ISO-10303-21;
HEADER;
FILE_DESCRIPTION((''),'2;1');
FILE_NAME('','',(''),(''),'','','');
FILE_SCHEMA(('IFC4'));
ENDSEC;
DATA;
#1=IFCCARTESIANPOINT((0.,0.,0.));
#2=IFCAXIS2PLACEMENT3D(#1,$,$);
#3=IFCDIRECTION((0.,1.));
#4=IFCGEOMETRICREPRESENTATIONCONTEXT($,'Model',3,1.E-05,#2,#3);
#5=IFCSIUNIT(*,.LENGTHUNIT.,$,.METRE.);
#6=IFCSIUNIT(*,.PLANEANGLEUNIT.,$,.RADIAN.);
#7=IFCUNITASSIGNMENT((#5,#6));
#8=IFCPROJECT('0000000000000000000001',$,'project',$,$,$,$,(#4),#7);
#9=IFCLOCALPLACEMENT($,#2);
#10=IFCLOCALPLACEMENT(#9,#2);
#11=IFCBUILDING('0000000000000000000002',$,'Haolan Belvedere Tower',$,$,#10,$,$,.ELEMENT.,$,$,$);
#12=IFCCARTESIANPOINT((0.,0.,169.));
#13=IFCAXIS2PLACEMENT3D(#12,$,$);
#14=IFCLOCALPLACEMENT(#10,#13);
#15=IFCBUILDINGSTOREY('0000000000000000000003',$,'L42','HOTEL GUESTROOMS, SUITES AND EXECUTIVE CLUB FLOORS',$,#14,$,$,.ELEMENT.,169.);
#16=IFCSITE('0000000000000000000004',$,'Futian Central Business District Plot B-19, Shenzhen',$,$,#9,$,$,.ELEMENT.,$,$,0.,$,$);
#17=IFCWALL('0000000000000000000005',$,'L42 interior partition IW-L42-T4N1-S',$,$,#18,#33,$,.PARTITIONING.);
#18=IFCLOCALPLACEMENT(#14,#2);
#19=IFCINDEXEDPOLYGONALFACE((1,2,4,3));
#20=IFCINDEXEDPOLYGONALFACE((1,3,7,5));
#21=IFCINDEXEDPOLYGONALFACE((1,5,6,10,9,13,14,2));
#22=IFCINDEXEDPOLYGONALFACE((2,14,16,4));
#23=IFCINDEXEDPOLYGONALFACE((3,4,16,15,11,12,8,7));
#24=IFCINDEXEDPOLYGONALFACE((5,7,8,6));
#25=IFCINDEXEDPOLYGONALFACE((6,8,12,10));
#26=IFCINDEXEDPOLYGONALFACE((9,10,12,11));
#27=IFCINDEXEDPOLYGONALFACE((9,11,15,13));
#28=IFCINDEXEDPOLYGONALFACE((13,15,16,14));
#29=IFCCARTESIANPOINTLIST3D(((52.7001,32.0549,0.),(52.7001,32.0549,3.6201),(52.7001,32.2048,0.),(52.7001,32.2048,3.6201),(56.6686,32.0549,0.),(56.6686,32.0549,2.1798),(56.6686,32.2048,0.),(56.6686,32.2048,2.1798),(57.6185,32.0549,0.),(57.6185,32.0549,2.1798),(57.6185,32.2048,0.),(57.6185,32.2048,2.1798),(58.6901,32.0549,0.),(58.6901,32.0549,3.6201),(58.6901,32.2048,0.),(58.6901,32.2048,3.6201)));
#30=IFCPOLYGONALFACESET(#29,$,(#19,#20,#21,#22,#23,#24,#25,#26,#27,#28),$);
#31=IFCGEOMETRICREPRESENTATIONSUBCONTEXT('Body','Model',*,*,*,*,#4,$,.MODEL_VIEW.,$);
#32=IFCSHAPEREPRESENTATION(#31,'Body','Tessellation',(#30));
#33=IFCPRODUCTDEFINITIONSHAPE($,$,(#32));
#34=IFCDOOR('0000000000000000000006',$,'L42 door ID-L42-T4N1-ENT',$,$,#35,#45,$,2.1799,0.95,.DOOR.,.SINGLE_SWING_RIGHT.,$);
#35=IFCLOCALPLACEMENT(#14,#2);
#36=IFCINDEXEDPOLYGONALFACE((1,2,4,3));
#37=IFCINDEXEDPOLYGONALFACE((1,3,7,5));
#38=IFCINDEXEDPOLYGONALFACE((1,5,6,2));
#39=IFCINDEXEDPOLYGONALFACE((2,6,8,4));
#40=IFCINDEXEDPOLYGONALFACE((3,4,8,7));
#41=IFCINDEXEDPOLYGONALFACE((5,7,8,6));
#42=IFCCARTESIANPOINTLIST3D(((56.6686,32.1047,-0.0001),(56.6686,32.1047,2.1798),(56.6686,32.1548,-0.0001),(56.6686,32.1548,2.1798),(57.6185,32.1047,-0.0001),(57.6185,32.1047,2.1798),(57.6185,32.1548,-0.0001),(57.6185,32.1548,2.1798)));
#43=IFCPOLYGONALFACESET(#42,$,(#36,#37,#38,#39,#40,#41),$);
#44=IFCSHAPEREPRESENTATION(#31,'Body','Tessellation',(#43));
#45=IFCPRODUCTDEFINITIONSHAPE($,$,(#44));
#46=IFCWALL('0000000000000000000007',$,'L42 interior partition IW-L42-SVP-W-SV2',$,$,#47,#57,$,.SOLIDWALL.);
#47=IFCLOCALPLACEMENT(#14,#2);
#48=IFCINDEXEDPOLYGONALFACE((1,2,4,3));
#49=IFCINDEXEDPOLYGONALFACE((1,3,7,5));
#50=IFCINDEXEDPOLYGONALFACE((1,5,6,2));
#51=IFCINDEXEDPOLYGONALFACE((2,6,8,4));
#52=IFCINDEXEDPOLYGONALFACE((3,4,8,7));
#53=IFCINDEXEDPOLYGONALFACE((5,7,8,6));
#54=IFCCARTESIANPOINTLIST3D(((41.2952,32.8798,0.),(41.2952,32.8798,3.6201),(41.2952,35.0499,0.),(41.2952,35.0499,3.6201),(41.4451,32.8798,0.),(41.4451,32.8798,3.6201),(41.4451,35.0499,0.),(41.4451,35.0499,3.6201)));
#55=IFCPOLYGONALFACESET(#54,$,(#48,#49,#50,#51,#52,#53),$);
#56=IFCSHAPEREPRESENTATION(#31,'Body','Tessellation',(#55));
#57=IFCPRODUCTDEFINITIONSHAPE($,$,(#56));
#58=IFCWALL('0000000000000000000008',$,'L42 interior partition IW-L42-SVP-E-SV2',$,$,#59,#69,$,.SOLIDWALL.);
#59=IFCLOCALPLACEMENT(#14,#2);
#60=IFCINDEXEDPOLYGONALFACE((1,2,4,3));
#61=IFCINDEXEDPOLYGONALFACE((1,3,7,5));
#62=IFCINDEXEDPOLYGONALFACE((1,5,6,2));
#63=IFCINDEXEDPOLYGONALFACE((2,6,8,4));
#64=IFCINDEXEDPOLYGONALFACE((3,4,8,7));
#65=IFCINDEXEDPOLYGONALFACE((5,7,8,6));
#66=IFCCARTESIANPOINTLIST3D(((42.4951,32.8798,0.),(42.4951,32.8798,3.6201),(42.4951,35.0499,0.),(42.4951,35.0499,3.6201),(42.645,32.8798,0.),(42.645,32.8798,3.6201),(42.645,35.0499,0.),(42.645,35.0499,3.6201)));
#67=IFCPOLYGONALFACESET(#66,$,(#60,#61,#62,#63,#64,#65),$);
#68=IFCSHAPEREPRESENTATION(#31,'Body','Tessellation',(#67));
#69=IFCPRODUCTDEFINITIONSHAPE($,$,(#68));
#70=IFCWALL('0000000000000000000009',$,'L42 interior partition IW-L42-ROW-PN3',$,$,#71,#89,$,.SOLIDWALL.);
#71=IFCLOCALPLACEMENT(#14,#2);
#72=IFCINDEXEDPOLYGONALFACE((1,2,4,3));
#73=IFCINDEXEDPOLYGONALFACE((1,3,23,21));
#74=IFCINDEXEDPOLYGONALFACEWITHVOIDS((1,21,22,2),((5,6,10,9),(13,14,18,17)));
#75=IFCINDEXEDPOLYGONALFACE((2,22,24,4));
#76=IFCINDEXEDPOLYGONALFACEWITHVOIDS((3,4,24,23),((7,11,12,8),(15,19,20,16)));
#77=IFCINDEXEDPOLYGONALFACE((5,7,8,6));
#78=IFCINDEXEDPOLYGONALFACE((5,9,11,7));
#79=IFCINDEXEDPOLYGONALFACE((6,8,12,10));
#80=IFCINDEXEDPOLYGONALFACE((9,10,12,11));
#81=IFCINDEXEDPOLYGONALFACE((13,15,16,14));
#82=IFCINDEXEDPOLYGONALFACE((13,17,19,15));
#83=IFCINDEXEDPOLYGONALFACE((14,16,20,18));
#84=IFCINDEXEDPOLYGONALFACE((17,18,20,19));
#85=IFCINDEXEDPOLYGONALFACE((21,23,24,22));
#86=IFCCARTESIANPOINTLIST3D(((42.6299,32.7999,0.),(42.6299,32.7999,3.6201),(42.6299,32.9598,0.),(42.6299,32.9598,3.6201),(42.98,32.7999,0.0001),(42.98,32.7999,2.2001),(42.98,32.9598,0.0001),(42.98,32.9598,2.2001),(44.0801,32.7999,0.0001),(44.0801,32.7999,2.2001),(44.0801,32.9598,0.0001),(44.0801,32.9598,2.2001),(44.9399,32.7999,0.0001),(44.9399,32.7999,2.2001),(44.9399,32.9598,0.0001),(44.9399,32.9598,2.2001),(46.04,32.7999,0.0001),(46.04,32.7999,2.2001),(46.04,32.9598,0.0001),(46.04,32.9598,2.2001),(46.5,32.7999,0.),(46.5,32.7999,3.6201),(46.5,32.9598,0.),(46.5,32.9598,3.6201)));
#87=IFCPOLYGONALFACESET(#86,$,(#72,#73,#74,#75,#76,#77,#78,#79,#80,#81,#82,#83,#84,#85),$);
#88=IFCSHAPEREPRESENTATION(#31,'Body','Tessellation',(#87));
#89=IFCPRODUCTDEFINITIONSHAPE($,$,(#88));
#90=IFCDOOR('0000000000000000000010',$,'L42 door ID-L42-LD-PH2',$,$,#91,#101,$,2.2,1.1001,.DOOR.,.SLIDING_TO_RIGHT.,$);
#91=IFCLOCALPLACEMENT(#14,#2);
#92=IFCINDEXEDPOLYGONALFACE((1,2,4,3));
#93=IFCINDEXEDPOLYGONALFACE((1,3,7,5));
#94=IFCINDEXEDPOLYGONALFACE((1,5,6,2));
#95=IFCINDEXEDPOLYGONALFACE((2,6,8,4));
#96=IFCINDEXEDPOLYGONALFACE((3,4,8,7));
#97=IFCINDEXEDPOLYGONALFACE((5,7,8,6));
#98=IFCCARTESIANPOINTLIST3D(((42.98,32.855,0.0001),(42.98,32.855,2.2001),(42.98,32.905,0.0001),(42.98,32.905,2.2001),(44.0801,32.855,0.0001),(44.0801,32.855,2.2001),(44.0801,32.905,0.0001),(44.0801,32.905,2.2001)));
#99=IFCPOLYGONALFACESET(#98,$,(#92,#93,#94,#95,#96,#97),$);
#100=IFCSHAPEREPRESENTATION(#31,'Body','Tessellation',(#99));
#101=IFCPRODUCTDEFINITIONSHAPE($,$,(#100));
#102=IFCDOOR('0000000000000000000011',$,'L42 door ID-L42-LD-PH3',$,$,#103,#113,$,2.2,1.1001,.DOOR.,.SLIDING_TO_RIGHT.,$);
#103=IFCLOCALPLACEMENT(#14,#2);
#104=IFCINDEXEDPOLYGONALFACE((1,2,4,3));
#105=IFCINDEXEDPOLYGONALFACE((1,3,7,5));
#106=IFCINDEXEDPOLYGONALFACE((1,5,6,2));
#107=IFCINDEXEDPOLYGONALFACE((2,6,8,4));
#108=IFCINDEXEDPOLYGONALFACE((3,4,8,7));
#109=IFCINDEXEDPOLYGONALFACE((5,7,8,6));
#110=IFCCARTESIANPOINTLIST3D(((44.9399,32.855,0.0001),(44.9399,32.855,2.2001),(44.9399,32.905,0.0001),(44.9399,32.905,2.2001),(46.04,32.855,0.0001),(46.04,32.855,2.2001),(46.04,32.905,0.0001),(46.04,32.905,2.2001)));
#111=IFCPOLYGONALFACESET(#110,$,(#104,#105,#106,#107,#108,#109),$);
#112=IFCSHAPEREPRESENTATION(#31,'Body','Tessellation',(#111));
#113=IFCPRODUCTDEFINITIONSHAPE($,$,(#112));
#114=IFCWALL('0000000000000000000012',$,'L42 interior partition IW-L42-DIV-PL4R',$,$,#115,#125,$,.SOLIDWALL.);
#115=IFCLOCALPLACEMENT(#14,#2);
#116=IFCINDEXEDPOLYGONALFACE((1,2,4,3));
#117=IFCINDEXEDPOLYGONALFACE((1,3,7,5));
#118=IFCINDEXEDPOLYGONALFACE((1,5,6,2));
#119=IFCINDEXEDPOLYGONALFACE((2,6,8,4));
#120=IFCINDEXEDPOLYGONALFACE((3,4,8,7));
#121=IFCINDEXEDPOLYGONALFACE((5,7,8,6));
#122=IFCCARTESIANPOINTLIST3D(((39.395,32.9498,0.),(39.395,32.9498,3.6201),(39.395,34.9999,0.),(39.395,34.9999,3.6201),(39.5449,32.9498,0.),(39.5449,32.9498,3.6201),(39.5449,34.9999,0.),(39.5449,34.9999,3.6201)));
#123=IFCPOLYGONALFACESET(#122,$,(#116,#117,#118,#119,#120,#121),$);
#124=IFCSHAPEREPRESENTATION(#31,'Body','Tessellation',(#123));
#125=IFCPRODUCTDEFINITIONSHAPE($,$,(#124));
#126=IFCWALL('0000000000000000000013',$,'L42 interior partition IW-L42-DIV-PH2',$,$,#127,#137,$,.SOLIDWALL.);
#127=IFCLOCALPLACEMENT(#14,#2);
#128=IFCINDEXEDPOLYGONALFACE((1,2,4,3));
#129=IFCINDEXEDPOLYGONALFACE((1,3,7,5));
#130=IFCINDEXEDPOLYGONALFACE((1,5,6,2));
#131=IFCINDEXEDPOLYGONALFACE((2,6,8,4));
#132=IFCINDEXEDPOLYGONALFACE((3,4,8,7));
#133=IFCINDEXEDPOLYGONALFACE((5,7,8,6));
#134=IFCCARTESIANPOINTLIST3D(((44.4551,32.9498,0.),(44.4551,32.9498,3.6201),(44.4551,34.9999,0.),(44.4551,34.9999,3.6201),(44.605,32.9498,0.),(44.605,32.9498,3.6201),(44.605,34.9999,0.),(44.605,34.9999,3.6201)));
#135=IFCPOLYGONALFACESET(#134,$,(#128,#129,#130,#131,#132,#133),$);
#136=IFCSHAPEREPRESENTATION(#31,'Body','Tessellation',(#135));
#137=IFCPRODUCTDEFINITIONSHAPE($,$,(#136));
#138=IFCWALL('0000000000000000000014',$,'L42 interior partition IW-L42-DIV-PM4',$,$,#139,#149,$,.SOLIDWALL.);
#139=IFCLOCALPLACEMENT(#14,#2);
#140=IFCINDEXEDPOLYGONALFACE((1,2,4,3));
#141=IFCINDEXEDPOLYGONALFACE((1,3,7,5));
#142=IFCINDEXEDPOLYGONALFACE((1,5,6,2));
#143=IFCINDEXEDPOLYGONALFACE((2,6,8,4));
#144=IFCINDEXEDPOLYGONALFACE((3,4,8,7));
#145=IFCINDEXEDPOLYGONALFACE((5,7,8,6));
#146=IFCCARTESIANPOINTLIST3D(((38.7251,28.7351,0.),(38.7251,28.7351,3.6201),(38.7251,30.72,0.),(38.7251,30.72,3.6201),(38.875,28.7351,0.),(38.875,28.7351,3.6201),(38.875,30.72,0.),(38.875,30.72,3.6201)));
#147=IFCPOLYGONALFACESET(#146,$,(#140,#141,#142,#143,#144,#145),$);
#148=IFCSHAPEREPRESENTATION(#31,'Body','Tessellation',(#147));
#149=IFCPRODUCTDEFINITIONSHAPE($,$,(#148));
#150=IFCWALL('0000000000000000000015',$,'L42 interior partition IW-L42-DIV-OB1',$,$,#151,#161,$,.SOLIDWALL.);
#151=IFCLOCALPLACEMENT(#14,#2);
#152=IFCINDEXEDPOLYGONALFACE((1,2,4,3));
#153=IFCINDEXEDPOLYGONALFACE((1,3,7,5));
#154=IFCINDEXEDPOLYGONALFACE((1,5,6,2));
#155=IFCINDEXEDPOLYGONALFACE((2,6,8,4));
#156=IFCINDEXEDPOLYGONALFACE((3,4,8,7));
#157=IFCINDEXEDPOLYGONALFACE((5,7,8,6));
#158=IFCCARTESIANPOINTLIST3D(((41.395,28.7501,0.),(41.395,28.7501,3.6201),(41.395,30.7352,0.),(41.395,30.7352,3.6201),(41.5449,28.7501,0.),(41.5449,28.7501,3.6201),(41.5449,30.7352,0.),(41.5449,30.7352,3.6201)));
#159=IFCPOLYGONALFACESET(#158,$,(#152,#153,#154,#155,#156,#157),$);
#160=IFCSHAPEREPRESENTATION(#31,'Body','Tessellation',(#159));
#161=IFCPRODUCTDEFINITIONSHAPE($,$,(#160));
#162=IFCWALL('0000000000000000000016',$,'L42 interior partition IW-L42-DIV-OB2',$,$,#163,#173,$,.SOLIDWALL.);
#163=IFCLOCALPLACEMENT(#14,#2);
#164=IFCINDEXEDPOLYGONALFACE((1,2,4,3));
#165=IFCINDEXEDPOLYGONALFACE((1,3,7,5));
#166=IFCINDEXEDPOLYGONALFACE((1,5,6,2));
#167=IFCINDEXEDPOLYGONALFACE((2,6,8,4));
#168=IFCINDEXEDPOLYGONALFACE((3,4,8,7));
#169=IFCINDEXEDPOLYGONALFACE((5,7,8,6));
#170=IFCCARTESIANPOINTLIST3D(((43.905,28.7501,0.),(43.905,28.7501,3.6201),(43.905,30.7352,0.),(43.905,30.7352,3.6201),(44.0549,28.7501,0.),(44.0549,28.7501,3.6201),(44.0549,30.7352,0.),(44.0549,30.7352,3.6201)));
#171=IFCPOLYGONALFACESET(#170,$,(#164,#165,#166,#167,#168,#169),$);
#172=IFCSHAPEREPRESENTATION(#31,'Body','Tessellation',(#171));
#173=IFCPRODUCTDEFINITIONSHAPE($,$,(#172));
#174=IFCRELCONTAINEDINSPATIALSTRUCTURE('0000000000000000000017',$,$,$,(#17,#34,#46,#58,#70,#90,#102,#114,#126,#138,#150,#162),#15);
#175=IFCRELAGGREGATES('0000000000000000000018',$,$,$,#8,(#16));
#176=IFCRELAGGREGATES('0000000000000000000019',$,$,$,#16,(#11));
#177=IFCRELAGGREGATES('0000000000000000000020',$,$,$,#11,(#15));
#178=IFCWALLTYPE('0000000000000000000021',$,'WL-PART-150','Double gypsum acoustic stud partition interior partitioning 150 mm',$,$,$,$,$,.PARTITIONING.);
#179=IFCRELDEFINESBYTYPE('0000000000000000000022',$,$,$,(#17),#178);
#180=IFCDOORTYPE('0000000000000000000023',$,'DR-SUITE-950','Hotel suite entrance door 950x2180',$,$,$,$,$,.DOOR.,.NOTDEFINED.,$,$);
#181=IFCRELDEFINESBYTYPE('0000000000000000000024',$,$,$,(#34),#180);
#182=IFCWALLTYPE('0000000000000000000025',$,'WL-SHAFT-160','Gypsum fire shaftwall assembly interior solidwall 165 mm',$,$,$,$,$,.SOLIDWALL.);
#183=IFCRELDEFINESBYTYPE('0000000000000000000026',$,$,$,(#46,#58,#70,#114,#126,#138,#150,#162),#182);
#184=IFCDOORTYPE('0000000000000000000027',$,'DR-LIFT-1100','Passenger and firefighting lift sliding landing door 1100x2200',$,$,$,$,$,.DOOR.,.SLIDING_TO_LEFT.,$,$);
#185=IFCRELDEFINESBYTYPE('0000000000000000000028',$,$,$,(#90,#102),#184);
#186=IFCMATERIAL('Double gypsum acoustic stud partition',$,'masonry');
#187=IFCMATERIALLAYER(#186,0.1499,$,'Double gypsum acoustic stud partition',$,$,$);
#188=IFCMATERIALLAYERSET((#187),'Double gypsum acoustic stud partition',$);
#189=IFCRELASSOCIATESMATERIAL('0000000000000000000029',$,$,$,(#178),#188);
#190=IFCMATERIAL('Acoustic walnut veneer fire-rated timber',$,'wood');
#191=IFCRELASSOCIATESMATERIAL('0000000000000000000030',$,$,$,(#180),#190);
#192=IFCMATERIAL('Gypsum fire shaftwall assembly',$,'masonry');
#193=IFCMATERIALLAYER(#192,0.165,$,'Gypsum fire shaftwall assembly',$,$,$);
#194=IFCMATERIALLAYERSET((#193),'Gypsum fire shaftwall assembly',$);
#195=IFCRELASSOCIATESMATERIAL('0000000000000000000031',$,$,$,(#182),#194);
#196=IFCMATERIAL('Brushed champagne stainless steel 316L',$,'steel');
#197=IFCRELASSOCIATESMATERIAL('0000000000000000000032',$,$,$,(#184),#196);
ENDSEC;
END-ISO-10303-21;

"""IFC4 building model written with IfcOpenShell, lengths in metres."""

from ifc_helpers import new_model, si_unit, direction, frame, frame_2d, origin, place, context, subcontext, project, spatial, rectangle, extrude, material, layer, layer_set, type_object, element, fill, save


model = new_model("IFC4")

# Units and contexts
model_context = context("Model", 3, precision=1e-05, world=origin(), true_north=direction((0.0, 1.0)))
body_context = subcontext(model_context, "Body", "Model", "MODEL_VIEW")
ifc_project = project(units=[si_unit("LENGTHUNIT", "METRE"), si_unit("PLANEANGLEUNIT", "RADIAN")], contexts=[model_context])

# Site, building, storey
site_placement = place(None, origin())
site = spatial("IfcSite", under=ifc_project, at=site_placement, Name="Futian Central Business District Plot B-19, Shenzhen", CompositionType="ELEMENT", RefElevation=0.0)
building_placement = place(site_placement, origin())
building = spatial("IfcBuilding", under=site, at=building_placement, Name="Haolan Belvedere Tower", CompositionType="ELEMENT")
storey_placement = place(building_placement, frame((0.0, 0.0, 169.0)))
storey = spatial("IfcBuildingStorey", under=building, at=storey_placement, Name="L42", Description="HOTEL GUESTROOMS, SUITES AND EXECUTIVE CLUB FLOORS", CompositionType="ELEMENT", Elevation=169.0)

# Shared definitions
ifc_material_1 = material(Name="Double gypsum acoustic stud partition", Category="masonry")
ifc_layer_1 = layer(ifc_material_1, 0.1499, Name="Double gypsum acoustic stud partition")
ifc_layer_set_1 = layer_set([ifc_layer_1], Name="Double gypsum acoustic stud partition")
wall_type_1 = type_object("IfcWallType", Name="WL-PART-150", Description="Double gypsum acoustic stud partition interior partitioning 150 mm", PredefinedType="PARTITIONING", material=ifc_layer_set_1)

# Wall, opening, door
wall_1_placement = place(storey_placement, frame((52.7, 32.1299, 0.0), z_axis=(0.0, 0.0, 1.0), x_axis=(1.0, 0.0, 0.0)))
wall_1 = element("IfcWall", 1, at=wall_1_placement, inside=storey, type_object=wall_type_1, Name="L42 interior partition IW-L42-T4N1-S", PredefinedType="PARTITIONING", context=body_context, shape_type="SweptSolid", body=[
    extrude(rectangle(XDim=5.99, YDim=0.1499, at=frame_2d((2.9951, 0.0))), origin(), (0.0, 0.0, 1.0), 3.6201),
])
opening_1_placement = place(wall_1_placement, frame((3.9685, 0.0, 0.0)))
opening_1 = element("IfcOpeningElement", 2, at=opening_1_placement, cuts=wall_1, PredefinedType="OPENING", context=body_context, shape_type="SweptSolid", body=[
    extrude(rectangle(XDim=0.95, YDim=2.1799, at=frame_2d((0.4751, 1.0898))), frame((0.0, 0.085, 0.0), z_axis=(0.0, -1.0, 0.0), x_axis=(1.0, 0.0, 0.0)), (0.0, 0.0, 1.0), 0.1699),
])
ifc_material_2 = material(Name="Acoustic walnut veneer fire-rated timber", Category="wood")
door_type_1 = type_object("IfcDoorType", Name="DR-SUITE-950", Description="Hotel suite entrance door 950x2180", OperationType="NOTDEFINED", PredefinedType="DOOR", material=ifc_material_2)
door_1_placement = place(opening_1_placement, origin())
door_1 = element("IfcDoor", 3, at=door_1_placement, inside=storey, type_object=door_type_1, Name="L42 door ID-L42-T4N1-ENT", OperationType="SINGLE_SWING_RIGHT", OverallHeight=2.1799, OverallWidth=0.95, PredefinedType="DOOR", context=body_context, shape_type="SweptSolid", body=[
    extrude(rectangle(XDim=0.95, YDim=2.1799, at=frame_2d((0.4751, 1.0898))), frame((0.0, 0.0249, 0.0), z_axis=(0.0, -1.0, 0.0), x_axis=(1.0, 0.0, 0.0)), (0.0, 0.0, 1.0), 0.05),
])
fill(opening_1, door_1)

# Walls
ifc_material_3 = material(Name="Gypsum fire shaftwall assembly", Category="masonry")
ifc_layer_2 = layer(ifc_material_3, 0.165, Name="Gypsum fire shaftwall assembly")
ifc_layer_set_2 = layer_set([ifc_layer_2], Name="Gypsum fire shaftwall assembly")
wall_type_2 = type_object("IfcWallType", Name="WL-SHAFT-160", Description="Gypsum fire shaftwall assembly interior solidwall 165 mm", PredefinedType="SOLIDWALL", material=ifc_layer_set_2)
for number, where, z_axis, x_axis, name in (
    (4, (41.3701, 32.8799, 0.0), (0.0, 0.0, 1.0), (0.0, 1.0, 0.0), "L42 interior partition IW-L42-SVP-W-SV2"),
    (5, (42.5701, 32.8799, 0.0), (0.0, 0.0, 1.0), (0.0, 1.0, 0.0), "L42 interior partition IW-L42-SVP-E-SV2"),
):
    element("IfcWall", number, at=place(storey_placement, frame(where, z_axis=z_axis, x_axis=x_axis)), inside=storey, type_object=wall_type_2, Name=name, PredefinedType="SOLIDWALL", context=body_context, shape_type="SweptSolid", body=[
        extrude(rectangle(XDim=2.1702, YDim=0.1499, at=frame_2d((1.085, 0.0))), origin(), (0.0, 0.0, 1.0), 3.6201),
    ])

# Wall, openings, doors
wall_2_placement = place(storey_placement, frame((42.6299, 32.8799, 0.0), z_axis=(0.0, 0.0, 1.0), x_axis=(1.0, 0.0, 0.0)))
wall_2 = element("IfcWall", 6, at=wall_2_placement, inside=storey, type_object=wall_type_2, Name="L42 interior partition IW-L42-ROW-PN3", PredefinedType="SOLIDWALL", context=body_context, shape_type="SweptSolid", body=[
    extrude(rectangle(XDim=3.8701, YDim=0.1599, at=frame_2d((1.9351, 0.0))), origin(), (0.0, 0.0, 1.0), 3.6201),
])
opening_2_placement = place(wall_2_placement, frame((1.4502, 0.0, 0.0), z_axis=(0.0, 0.0, 1.0), x_axis=(-1.0, 0.0, 0.0)))
opening_2 = element("IfcOpeningElement", 7, at=opening_2_placement, cuts=wall_2, PredefinedType="OPENING", context=body_context, shape_type="SweptSolid", body=[
    extrude(rectangle(XDim=1.1001, YDim=2.2, at=frame_2d((0.55, 1.1001))), frame((0.0, 0.0898, 0.0), z_axis=(0.0, -1.0, 0.0), x_axis=(1.0, 0.0, 0.0)), (0.0, 0.0, 1.0), 0.1799),
])
opening_3_placement = place(wall_2_placement, frame((3.4102, 0.0, 0.0), z_axis=(0.0, 0.0, 1.0), x_axis=(-1.0, 0.0, 0.0)))
opening_3 = element("IfcOpeningElement", 8, at=opening_3_placement, cuts=wall_2, PredefinedType="OPENING", context=body_context, shape_type="SweptSolid", body=[
    extrude(rectangle(XDim=1.1001, YDim=2.2, at=frame_2d((0.55, 1.1001))), frame((0.0, 0.0898, 0.0), z_axis=(0.0, -1.0, 0.0), x_axis=(1.0, 0.0, 0.0)), (0.0, 0.0, 1.0), 0.1799),
])
ifc_material_4 = material(Name="Brushed champagne stainless steel 316L", Category="steel")
door_type_2 = type_object("IfcDoorType", Name="DR-LIFT-1100", Description="Passenger and firefighting lift sliding landing door 1100x2200", OperationType="SLIDING_TO_LEFT", PredefinedType="DOOR", material=ifc_material_4)
door_2_placement = place(opening_2_placement, origin())
door_2 = element("IfcDoor", 9, at=door_2_placement, inside=storey, type_object=door_type_2, Name="L42 door ID-L42-LD-PH2", OperationType="SLIDING_TO_RIGHT", OverallHeight=2.2, OverallWidth=1.1001, PredefinedType="DOOR", context=body_context, shape_type="SweptSolid", body=[
    extrude(rectangle(XDim=1.1001, YDim=2.2, at=frame_2d((0.55, 1.1001))), frame((0.0, 0.0249, 0.0), z_axis=(0.0, -1.0, 0.0), x_axis=(1.0, 0.0, 0.0)), (0.0, 0.0, 1.0), 0.05),
])
fill(opening_2, door_2)
door_3_placement = place(opening_3_placement, origin())
door_3 = element("IfcDoor", 10, at=door_3_placement, inside=storey, type_object=door_type_2, Name="L42 door ID-L42-LD-PH3", OperationType="SLIDING_TO_RIGHT", OverallHeight=2.2, OverallWidth=1.1001, PredefinedType="DOOR", context=body_context, shape_type="SweptSolid", body=[
    extrude(rectangle(XDim=1.1001, YDim=2.2, at=frame_2d((0.55, 1.1001))), frame((0.0, 0.0249, 0.0), z_axis=(0.0, -1.0, 0.0), x_axis=(1.0, 0.0, 0.0)), (0.0, 0.0, 1.0), 0.05),
])
fill(opening_3, door_3)

# Walls
for number, where, z_axis, x_axis, name in (
    (11, (39.47, 32.95, 0.0), (0.0, 0.0, 1.0), (0.0, 1.0, 0.0), "L42 interior partition IW-L42-DIV-PL4R"),
    (12, (44.53, 32.95, 0.0), (0.0, 0.0, 1.0), (0.0, 1.0, 0.0), "L42 interior partition IW-L42-DIV-PH2"),
):
    element("IfcWall", number, at=place(storey_placement, frame(where, z_axis=z_axis, x_axis=x_axis)), inside=storey, type_object=wall_type_2, Name=name, PredefinedType="SOLIDWALL", context=body_context, shape_type="SweptSolid", body=[
        extrude(rectangle(XDim=2.05, YDim=0.1499, at=frame_2d((1.0249, 0.0))), origin(), (0.0, 0.0, 1.0), 3.6201),
    ])
wall_3_placement = place(storey_placement, frame((38.8, 28.7351, 0.0), z_axis=(0.0, 0.0, 1.0), x_axis=(0.0, 1.0, 0.0)))
element("IfcWall", 13, at=wall_3_placement, inside=storey, type_object=wall_type_2, Name="L42 interior partition IW-L42-DIV-PM4", PredefinedType="SOLIDWALL", context=body_context, shape_type="SweptSolid", body=[
    extrude(rectangle(XDim=1.9849, YDim=0.1499, at=frame_2d((0.9924, 0.0))), origin(), (0.0, 0.0, 1.0), 3.6201),
])
for number, where, z_axis, x_axis, name in (
    (14, (41.47, 28.75, 0.0), (0.0, 0.0, 1.0), (0.0, 1.0, 0.0), "L42 interior partition IW-L42-DIV-OB1"),
    (15, (43.98, 28.75, 0.0), (0.0, 0.0, 1.0), (0.0, 1.0, 0.0), "L42 interior partition IW-L42-DIV-OB2"),
):
    element("IfcWall", number, at=place(storey_placement, frame(where, z_axis=z_axis, x_axis=x_axis)), inside=storey, type_object=wall_type_2, Name=name, PredefinedType="SOLIDWALL", context=body_context, shape_type="SweptSolid", body=[
        extrude(rectangle(XDim=1.9851, YDim=0.1499, at=frame_2d((0.9927, 0.0))), origin(), (0.0, 0.0, 1.0), 3.6201),
    ])

save(model, "model.ifc")
